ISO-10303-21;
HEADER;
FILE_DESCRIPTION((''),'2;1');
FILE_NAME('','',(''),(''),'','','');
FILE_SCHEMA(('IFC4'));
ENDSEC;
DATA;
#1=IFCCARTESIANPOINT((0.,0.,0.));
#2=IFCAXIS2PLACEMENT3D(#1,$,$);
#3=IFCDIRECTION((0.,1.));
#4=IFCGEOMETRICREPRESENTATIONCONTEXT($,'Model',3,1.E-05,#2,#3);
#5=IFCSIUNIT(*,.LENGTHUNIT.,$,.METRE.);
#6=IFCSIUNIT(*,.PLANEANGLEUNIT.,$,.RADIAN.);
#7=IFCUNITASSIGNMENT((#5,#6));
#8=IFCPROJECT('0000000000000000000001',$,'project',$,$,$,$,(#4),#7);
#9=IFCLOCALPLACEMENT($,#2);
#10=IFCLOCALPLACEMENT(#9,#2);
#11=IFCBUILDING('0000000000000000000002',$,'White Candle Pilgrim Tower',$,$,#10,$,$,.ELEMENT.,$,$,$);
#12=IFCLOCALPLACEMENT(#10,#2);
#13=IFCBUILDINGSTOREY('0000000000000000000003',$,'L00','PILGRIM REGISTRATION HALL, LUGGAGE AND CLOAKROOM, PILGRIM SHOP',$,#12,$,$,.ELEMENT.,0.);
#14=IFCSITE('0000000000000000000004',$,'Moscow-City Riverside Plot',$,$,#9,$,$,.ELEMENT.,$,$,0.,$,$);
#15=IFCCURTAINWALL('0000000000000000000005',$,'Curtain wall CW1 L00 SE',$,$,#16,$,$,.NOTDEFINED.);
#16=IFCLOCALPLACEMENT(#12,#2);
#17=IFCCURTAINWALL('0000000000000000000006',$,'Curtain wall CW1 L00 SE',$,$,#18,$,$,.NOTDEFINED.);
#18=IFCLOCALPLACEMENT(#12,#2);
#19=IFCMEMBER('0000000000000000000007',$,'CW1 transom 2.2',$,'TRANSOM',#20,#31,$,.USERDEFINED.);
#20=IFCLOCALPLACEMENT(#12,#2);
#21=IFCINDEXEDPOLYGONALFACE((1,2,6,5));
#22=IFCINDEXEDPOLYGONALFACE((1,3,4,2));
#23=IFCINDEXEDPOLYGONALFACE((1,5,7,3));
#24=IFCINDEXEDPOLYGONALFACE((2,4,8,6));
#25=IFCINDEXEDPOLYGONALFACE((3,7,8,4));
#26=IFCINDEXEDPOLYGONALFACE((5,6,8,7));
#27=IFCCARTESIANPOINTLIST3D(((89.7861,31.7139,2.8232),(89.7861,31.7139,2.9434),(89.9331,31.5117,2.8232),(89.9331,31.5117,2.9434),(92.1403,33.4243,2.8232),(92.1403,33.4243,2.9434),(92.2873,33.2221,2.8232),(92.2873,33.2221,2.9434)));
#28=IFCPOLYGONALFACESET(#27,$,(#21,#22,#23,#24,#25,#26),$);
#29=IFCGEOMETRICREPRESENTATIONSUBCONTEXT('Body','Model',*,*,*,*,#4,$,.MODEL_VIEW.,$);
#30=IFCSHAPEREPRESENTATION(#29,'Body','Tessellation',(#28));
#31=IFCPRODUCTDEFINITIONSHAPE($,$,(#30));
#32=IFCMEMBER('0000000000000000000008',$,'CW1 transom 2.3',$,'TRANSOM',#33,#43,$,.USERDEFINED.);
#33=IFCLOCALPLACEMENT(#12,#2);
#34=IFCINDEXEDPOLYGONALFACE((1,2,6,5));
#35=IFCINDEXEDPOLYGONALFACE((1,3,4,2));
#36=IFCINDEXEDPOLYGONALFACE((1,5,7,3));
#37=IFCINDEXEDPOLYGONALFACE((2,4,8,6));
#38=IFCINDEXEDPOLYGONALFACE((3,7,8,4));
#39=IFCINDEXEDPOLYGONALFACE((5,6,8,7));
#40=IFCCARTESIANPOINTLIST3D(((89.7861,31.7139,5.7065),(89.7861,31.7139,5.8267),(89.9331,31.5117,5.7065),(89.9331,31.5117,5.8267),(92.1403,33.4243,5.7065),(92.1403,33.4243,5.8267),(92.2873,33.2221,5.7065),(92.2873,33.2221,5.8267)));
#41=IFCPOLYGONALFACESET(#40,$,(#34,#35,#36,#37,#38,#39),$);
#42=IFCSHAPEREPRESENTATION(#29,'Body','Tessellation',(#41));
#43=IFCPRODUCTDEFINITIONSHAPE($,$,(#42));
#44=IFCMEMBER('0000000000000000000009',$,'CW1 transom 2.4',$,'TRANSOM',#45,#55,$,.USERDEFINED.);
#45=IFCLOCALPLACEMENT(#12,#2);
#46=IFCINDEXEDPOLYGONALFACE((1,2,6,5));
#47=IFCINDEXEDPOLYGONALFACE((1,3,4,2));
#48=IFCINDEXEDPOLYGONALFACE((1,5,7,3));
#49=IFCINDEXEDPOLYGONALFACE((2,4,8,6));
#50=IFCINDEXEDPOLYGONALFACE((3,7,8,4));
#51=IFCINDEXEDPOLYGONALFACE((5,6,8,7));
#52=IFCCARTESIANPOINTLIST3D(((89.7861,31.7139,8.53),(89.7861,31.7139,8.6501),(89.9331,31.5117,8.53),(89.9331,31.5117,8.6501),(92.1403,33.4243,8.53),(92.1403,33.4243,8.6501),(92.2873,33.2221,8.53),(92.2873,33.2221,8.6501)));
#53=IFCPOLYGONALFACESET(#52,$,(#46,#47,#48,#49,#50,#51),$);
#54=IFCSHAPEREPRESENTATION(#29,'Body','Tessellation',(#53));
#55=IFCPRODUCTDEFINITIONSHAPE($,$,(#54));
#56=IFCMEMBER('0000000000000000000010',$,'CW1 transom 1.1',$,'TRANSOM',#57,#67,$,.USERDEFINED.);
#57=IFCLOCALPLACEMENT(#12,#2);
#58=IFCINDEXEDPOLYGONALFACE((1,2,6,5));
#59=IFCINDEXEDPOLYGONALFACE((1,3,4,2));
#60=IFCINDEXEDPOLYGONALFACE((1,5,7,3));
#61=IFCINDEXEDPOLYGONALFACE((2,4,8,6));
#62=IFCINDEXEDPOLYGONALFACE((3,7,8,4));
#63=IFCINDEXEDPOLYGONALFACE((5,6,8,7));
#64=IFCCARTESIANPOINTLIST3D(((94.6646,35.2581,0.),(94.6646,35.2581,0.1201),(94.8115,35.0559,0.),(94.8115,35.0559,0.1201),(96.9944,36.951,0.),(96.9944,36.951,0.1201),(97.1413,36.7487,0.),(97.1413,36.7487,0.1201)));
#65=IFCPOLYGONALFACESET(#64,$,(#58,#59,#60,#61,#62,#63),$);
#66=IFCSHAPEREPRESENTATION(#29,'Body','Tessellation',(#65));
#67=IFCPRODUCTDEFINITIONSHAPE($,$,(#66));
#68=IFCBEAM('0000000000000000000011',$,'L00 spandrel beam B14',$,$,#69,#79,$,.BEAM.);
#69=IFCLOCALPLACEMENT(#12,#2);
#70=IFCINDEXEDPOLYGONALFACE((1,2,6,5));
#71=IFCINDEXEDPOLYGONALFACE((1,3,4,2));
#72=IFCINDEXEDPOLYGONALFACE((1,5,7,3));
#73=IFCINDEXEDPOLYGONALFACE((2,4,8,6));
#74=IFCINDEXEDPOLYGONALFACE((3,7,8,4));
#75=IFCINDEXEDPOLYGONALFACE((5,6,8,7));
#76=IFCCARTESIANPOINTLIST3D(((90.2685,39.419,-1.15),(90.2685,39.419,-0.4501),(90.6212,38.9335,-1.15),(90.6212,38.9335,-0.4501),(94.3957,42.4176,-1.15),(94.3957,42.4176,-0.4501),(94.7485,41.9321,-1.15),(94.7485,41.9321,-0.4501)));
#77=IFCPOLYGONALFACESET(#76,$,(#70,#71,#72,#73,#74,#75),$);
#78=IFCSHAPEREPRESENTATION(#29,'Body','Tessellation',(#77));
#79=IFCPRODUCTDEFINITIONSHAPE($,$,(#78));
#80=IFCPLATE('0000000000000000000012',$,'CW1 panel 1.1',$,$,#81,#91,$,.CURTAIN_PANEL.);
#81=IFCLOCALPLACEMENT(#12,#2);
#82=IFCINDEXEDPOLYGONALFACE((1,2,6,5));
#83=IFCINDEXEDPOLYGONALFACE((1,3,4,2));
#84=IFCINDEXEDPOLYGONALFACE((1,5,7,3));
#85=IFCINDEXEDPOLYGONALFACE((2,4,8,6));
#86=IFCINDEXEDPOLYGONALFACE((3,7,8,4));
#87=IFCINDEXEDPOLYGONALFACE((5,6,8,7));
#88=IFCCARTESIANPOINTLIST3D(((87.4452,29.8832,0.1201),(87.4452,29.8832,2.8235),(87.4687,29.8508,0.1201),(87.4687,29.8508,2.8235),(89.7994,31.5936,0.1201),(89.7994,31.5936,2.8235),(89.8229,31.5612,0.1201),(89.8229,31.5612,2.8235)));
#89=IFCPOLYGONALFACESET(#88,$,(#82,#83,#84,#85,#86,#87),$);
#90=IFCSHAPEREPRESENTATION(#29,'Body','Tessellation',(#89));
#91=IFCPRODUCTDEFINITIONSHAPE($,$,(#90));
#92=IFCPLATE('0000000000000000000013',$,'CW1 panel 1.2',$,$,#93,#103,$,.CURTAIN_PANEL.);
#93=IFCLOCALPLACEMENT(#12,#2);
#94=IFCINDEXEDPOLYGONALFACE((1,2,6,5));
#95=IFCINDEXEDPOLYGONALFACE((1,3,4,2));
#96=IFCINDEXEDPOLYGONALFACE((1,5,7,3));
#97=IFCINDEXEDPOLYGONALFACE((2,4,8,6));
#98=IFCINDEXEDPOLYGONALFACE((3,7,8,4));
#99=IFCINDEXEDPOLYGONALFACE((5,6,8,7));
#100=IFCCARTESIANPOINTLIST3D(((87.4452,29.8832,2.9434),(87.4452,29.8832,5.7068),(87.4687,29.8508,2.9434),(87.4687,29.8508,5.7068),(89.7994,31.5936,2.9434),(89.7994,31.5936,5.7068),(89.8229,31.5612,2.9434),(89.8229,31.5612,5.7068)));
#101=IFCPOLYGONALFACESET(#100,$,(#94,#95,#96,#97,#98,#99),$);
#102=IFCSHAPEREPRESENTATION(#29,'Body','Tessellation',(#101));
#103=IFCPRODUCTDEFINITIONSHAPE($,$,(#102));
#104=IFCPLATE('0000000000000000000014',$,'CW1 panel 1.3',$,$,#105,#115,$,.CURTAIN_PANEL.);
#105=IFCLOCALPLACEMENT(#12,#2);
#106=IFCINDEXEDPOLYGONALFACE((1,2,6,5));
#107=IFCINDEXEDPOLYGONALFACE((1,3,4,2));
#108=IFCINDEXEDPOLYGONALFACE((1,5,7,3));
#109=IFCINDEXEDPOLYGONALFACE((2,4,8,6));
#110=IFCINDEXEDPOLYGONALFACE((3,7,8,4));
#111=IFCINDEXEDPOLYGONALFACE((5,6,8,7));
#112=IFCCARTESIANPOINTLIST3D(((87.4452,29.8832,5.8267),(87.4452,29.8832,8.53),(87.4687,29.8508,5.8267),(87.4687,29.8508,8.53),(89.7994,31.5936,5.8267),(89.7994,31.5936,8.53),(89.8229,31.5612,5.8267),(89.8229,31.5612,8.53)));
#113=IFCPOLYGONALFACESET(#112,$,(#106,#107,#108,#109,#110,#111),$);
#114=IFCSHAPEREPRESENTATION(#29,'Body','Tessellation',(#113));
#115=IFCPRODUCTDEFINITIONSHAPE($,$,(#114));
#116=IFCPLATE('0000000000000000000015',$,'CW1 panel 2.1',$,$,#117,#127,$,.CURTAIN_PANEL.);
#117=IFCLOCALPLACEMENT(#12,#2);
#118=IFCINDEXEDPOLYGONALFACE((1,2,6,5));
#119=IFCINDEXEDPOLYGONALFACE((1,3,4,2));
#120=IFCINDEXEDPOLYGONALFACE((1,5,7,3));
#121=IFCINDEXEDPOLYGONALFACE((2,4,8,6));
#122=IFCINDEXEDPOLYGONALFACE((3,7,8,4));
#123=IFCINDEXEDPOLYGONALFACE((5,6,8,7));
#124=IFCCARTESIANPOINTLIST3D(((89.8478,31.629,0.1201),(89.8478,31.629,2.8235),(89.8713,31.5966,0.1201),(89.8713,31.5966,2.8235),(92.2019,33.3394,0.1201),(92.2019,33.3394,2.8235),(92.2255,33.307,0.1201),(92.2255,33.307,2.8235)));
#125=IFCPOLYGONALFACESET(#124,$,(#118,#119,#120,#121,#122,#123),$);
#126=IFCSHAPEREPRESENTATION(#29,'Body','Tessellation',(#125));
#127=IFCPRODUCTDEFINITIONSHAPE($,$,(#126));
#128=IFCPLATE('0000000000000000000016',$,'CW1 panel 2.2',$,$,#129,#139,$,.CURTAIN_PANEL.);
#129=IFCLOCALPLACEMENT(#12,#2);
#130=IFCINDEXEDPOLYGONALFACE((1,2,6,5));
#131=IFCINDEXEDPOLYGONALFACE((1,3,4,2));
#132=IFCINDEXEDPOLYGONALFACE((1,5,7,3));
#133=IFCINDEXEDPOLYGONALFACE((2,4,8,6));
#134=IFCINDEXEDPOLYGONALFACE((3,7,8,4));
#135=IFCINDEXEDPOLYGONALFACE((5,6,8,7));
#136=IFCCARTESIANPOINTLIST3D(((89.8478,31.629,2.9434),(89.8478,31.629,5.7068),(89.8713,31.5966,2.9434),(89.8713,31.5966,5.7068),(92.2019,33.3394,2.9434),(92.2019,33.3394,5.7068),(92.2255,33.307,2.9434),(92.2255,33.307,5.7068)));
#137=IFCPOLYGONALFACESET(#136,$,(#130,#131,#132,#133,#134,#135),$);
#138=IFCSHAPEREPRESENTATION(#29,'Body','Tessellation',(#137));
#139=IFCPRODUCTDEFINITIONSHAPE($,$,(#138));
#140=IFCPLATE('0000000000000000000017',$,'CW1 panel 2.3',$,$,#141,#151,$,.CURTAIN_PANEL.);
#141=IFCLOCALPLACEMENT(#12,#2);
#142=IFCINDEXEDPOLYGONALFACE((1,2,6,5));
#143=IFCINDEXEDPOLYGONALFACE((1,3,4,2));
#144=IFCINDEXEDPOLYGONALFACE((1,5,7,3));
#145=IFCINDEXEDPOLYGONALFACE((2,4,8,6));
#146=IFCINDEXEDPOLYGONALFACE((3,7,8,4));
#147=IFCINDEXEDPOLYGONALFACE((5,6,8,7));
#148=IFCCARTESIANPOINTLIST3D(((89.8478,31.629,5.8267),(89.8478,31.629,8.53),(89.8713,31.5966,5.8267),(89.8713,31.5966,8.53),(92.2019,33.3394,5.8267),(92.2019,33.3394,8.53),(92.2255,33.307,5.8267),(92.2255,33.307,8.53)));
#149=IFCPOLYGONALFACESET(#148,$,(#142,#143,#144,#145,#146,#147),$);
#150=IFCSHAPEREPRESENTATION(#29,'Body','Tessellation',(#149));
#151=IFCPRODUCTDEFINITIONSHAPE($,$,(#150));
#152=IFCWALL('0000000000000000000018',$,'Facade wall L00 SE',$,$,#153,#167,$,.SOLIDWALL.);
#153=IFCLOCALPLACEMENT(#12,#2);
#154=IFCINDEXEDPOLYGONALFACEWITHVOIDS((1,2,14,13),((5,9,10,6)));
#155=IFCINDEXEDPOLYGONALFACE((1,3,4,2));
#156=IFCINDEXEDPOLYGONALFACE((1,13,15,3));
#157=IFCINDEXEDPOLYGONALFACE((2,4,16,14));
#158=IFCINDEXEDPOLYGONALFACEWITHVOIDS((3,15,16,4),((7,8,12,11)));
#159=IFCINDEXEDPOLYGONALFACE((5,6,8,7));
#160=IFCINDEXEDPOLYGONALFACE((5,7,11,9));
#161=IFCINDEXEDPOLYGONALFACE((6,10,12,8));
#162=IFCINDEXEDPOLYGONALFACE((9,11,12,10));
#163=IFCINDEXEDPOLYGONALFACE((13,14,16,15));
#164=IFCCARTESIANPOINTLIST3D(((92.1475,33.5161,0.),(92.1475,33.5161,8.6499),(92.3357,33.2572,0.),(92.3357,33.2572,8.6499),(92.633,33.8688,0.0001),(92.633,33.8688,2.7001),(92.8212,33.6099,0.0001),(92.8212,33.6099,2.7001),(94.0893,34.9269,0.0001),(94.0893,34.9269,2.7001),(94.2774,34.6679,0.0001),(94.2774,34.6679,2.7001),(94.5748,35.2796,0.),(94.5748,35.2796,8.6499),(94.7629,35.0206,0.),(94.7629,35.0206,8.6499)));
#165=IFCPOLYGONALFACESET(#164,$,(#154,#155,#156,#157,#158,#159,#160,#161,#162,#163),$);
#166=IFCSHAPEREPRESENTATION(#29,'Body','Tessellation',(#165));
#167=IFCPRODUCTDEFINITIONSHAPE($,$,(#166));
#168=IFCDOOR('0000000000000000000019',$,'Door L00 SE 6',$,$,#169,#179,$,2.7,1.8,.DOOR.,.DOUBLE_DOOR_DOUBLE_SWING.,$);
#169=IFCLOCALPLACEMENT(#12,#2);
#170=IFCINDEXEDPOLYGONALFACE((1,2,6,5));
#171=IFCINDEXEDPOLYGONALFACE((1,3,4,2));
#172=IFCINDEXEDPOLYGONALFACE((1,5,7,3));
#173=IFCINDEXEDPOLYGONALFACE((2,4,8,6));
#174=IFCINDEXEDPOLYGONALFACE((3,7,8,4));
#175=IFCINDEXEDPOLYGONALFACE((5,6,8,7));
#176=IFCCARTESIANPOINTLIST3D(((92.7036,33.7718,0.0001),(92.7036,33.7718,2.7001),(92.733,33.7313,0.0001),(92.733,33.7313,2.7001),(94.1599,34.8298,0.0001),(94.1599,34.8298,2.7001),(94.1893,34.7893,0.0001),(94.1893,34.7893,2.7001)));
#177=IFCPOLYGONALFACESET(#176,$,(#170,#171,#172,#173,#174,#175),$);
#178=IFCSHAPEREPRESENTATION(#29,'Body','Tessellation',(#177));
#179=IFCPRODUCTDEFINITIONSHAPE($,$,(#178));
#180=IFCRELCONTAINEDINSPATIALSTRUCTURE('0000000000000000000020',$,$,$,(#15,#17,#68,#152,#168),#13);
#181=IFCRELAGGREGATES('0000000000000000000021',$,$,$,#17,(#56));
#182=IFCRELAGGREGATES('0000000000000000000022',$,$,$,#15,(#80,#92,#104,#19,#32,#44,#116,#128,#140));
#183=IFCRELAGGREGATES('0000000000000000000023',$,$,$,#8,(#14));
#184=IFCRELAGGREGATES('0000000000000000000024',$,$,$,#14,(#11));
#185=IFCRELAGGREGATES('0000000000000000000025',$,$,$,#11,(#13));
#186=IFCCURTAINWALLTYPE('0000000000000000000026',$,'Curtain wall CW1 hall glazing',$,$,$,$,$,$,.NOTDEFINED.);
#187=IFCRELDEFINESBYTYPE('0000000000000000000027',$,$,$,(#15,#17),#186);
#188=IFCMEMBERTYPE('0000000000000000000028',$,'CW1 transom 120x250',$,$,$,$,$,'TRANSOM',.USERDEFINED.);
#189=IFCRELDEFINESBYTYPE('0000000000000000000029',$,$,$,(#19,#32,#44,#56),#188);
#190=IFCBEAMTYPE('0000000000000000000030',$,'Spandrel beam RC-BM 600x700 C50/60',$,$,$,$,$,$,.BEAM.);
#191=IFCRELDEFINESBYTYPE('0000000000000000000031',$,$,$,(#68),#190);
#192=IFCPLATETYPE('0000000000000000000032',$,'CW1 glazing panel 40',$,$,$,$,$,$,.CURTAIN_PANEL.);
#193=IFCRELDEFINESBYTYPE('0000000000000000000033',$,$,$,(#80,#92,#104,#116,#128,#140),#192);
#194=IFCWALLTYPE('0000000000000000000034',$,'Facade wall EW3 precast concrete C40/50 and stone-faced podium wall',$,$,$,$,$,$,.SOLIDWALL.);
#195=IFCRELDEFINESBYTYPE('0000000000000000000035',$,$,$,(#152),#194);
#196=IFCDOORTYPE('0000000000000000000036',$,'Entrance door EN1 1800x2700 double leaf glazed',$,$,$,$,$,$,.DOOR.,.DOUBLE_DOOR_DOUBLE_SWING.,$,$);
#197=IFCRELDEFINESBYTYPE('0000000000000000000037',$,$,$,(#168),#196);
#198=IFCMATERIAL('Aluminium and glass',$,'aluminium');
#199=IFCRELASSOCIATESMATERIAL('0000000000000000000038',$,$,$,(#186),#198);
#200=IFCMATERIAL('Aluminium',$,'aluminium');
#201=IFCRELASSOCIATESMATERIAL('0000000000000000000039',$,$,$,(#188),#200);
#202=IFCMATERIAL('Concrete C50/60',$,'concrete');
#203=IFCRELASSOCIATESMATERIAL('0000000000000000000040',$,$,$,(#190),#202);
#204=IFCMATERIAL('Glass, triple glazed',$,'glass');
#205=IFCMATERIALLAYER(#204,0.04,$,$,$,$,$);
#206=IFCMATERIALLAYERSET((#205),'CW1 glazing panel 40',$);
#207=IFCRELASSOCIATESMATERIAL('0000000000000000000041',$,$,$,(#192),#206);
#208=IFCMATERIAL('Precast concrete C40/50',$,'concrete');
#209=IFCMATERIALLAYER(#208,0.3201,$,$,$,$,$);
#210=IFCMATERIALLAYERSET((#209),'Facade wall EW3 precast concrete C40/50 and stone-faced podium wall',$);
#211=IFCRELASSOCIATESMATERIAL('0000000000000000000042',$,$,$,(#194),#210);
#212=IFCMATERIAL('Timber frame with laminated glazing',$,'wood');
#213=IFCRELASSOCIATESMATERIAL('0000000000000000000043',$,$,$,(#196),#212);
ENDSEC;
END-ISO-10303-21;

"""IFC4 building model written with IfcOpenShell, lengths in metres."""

from ifc_helpers import new_model, si_unit, direction, frame, frame_2d, origin, origin_2d, place, context, subcontext, project, spatial, rectangle, extrude, material, layer, layer_set, material_profile, profile_set, type_object, element, fill, aggregate, save


model = new_model("IFC4")

# Units and contexts
model_context = context("Model", 3, precision=1e-05, world=origin(), true_north=direction((0.0, 1.0)))
body_context = subcontext(model_context, "Body", "Model", "MODEL_VIEW")
ifc_project = project(units=[si_unit("LENGTHUNIT", "METRE"), si_unit("PLANEANGLEUNIT", "RADIAN")], contexts=[model_context])

# Site, building, storey
site_placement = place(None, origin())
site = spatial("IfcSite", under=ifc_project, at=site_placement, Name="Moscow-City Riverside Plot", CompositionType="ELEMENT", RefElevation=0.0)
building_placement = place(site_placement, origin())
building = spatial("IfcBuilding", under=site, at=building_placement, Name="White Candle Pilgrim Tower", CompositionType="ELEMENT")
storey_placement = place(building_placement, origin())
storey = spatial("IfcBuildingStorey", under=building, at=storey_placement, Name="L00", Description="PILGRIM REGISTRATION HALL, LUGGAGE AND CLOAKROOM, PILGRIM SHOP", CompositionType="ELEMENT", Elevation=0.0)

# Curtain wall
ifc_material_1 = material(Name="Aluminium and glass", Category="aluminium")
curtain_wall_type = type_object("IfcCurtainWallType", Name="Curtain wall CW1 hall glazing", PredefinedType="NOTDEFINED", material=ifc_material_1)
curtain_wall_1_placement = place(storey_placement, origin())
curtain_wall_1 = element("IfcCurtainWall", 1, at=curtain_wall_1_placement, inside=storey, type_object=curtain_wall_type, Name="Curtain wall CW1 L00 SE", PredefinedType="NOTDEFINED")
ifc_material_2 = material(Name="Aluminium", Category="aluminium")

# Curtain wall
curtain_wall_2_placement = place(storey_placement, origin())
curtain_wall_2 = element("IfcCurtainWall", 2, at=curtain_wall_2_placement, inside=storey, type_object=curtain_wall_type, Name="Curtain wall CW1 L00 SE", PredefinedType="NOTDEFINED")

# Members
ifc_material_profile_1 = material_profile(ifc_material_2, rectangle(XDim=0.25, YDim=0.1201, at=origin_2d()), Name="CW1 transom 120x250")
ifc_profile_set_1 = profile_set([ifc_material_profile_1], Name="Aluminium")
member_type_1 = type_object("IfcMemberType", Name="CW1 transom 120x250", ElementType="TRANSOM", PredefinedType="USERDEFINED", material=ifc_profile_set_1)
member_1_placement = place(storey_placement, frame((89.8596, 31.6128, 2.8833), z_axis=(0.809019, 0.587783, 0.0), x_axis=(-0.587783, 0.809019, 0.0)))
member_1 = element("IfcMember", 3, at=member_1_placement, type_object=member_type_1, Name="CW1 transom 2.2", ObjectType="TRANSOM", PredefinedType="USERDEFINED", context=body_context, shape_type="SweptSolid", body=[
    extrude(rectangle(XDim=0.25, YDim=0.1201, at=origin_2d()), origin(), (0.0, 0.0, 1.0), 2.9099),
])
member_2_placement = place(storey_placement, frame((89.8596, 31.6128, 5.7666), z_axis=(0.809019, 0.587783, 0.0), x_axis=(-0.587783, 0.809019, 0.0)))
member_2 = element("IfcMember", 4, at=member_2_placement, type_object=member_type_1, Name="CW1 transom 2.3", ObjectType="TRANSOM", PredefinedType="USERDEFINED", context=body_context, shape_type="SweptSolid", body=[
    extrude(rectangle(XDim=0.25, YDim=0.1201, at=origin_2d()), origin(), (0.0, 0.0, 1.0), 2.9099),
])
member_3_placement = place(storey_placement, frame((89.8596, 31.6128, 8.5901), z_axis=(0.809019, 0.587783, 0.0), x_axis=(-0.587783, 0.809019, 0.0)))
member_3 = element("IfcMember", 5, at=member_3_placement, type_object=member_type_1, Name="CW1 transom 2.4", ObjectType="TRANSOM", PredefinedType="USERDEFINED", context=body_context, shape_type="SweptSolid", body=[
    extrude(rectangle(XDim=0.25, YDim=0.1201, at=origin_2d()), origin(), (0.0, 0.0, 1.0), 2.9099),
])
member_4_placement = place(storey_placement, frame((94.738, 35.157, 0.0601), z_axis=(0.808993, 0.587819, 0.0), x_axis=(-0.587819, 0.808993, 0.0)))
member_4 = element("IfcMember", 6, at=member_4_placement, type_object=member_type_1, Name="CW1 transom 1.1", ObjectType="TRANSOM", PredefinedType="USERDEFINED", context=body_context, shape_type="SweptSolid", body=[
    extrude(rectangle(XDim=0.25, YDim=0.1201, at=origin_2d()), origin(), (0.0, 0.0, 1.0), 2.8799),
])
aggregate(curtain_wall_2, [member_4])

# Beam
ifc_material_3 = material(Name="Concrete C50/60", Category="concrete")
ifc_material_profile_2 = material_profile(ifc_material_3, rectangle(XDim=0.6001, YDim=0.7, at=origin_2d()), Name="RC-BM 600x700")
ifc_profile_set_2 = profile_set([ifc_material_profile_2], Name="Concrete C50/60")
beam_type = type_object("IfcBeamType", Name="Spandrel beam RC-BM 600x700 C50/60", PredefinedType="BEAM", material=ifc_profile_set_2)
beam_placement = place(storey_placement, frame((90.4448, 39.1763, -0.8), z_axis=(0.809022, 0.587779, 0.0), x_axis=(-0.587779, 0.809022, 0.0)))
element("IfcBeam", 7, at=beam_placement, inside=storey, type_object=beam_type, Name="L00 spandrel beam B14", PredefinedType="BEAM", context=body_context, shape_type="SweptSolid", body=[
    extrude(rectangle(XDim=0.6001, YDim=0.7, at=origin_2d()), origin(), (0.0, 0.0, 1.0), 5.1016),
])

# Plates
ifc_material_4 = material(Name="Glass, triple glazed", Category="glass")
ifc_layer_1 = layer(ifc_material_4, 0.04)
ifc_layer_set_1 = layer_set([ifc_layer_1], Name="CW1 glazing panel 40")
plate_type = type_object("IfcPlateType", Name="CW1 glazing panel 40", PredefinedType="CURTAIN_PANEL", material=ifc_layer_set_1)
plate_1_placement = place(storey_placement, frame((88.634, 30.7222, 0.1201), z_axis=(0.0, 0.0, 1.0), x_axis=(0.809017, 0.587785, 0.0)))
plate_1 = element("IfcPlate", 8, at=plate_1_placement, type_object=plate_type, Name="CW1 panel 1.1", PredefinedType="CURTAIN_PANEL", context=body_context, shape_type="SweptSolid", body=[
    extrude(rectangle(XDim=2.9099, YDim=0.04, at=origin_2d()), origin(), (0.0, 0.0, 1.0), 2.7034),
])
plate_2_placement = place(storey_placement, frame((88.634, 30.7222, 2.9434), z_axis=(0.0, 0.0, 1.0), x_axis=(0.809017, 0.587785, 0.0)))
plate_2 = element("IfcPlate", 9, at=plate_2_placement, type_object=plate_type, Name="CW1 panel 1.2", PredefinedType="CURTAIN_PANEL", context=body_context, shape_type="SweptSolid", body=[
    extrude(rectangle(XDim=2.9099, YDim=0.04, at=origin_2d()), origin(), (0.0, 0.0, 1.0), 2.7634),
])
plate_3_placement = place(storey_placement, frame((88.634, 30.7222, 5.8267), z_axis=(0.0, 0.0, 1.0), x_axis=(0.809017, 0.587785, 0.0)))
plate_3 = element("IfcPlate", 10, at=plate_3_placement, type_object=plate_type, Name="CW1 panel 1.3", PredefinedType="CURTAIN_PANEL", context=body_context, shape_type="SweptSolid", body=[
    extrude(rectangle(XDim=2.9099, YDim=0.04, at=origin_2d()), origin(), (0.0, 0.0, 1.0), 2.7034),
])
plate_4_placement = place(storey_placement, frame((91.0366, 32.468, 0.1201), z_axis=(0.0, 0.0, 1.0), x_axis=(0.809017, 0.587785, 0.0)))
plate_4 = element("IfcPlate", 11, at=plate_4_placement, type_object=plate_type, Name="CW1 panel 2.1", PredefinedType="CURTAIN_PANEL", context=body_context, shape_type="SweptSolid", body=[
    extrude(rectangle(XDim=2.9099, YDim=0.04, at=origin_2d()), origin(), (0.0, 0.0, 1.0), 2.7034),
])
plate_5_placement = place(storey_placement, frame((91.0366, 32.468, 2.9434), z_axis=(0.0, 0.0, 1.0), x_axis=(0.809017, 0.587785, 0.0)))
plate_5 = element("IfcPlate", 12, at=plate_5_placement, type_object=plate_type, Name="CW1 panel 2.2", PredefinedType="CURTAIN_PANEL", context=body_context, shape_type="SweptSolid", body=[
    extrude(rectangle(XDim=2.9099, YDim=0.04, at=origin_2d()), origin(), (0.0, 0.0, 1.0), 2.7634),
])
plate_6_placement = place(storey_placement, frame((91.0366, 32.468, 5.8267), z_axis=(0.0, 0.0, 1.0), x_axis=(0.809017, 0.587785, 0.0)))
plate_6 = element("IfcPlate", 13, at=plate_6_placement, type_object=plate_type, Name="CW1 panel 2.3", PredefinedType="CURTAIN_PANEL", context=body_context, shape_type="SweptSolid", body=[
    extrude(rectangle(XDim=2.9099, YDim=0.04, at=origin_2d()), origin(), (0.0, 0.0, 1.0), 2.7034),
])
aggregate(curtain_wall_1, [plate_1, plate_2, plate_3, member_1, member_2, member_3, plate_4, plate_5, plate_6])

# Wall, opening, door
ifc_material_5 = material(Name="Precast concrete C40/50", Category="concrete")
ifc_layer_2 = layer(ifc_material_5, 0.3201)
ifc_layer_set_2 = layer_set([ifc_layer_2], Name="Facade wall EW3 precast concrete C40/50 and stone-faced podium wall")
wall_type_1 = type_object("IfcWallType", Name="Facade wall EW3 precast concrete C40/50 and stone-faced podium wall", PredefinedType="SOLIDWALL", material=ifc_layer_set_2)
wall_1_placement = place(storey_placement, frame((92.2417, 33.3867, 0.0), z_axis=(0.0, 0.0, 1.0), x_axis=(0.809028, 0.58777, 0.0)))
wall_1 = element("IfcWall", 14, at=wall_1_placement, inside=storey, type_object=wall_type_1, Name="Facade wall L00 SE", PredefinedType="SOLIDWALL", context=body_context, shape_type="SweptSolid", body=[
    extrude(rectangle(XDim=3.0002, YDim=0.3201, at=frame_2d((1.5, 0.0))), origin(), (0.0, 0.0, 1.0), 8.6499),
])
opening_placement = place(wall_1_placement, frame((0.6001, 0.0, 0.0)))
opening = element("IfcOpeningElement", 15, at=opening_placement, cuts=wall_1, PredefinedType="OPENING", context=body_context, shape_type="SweptSolid", body=[
    extrude(rectangle(XDim=1.8, YDim=2.7, at=frame_2d((0.8999, 1.3501))), frame((0.0, 0.1699, 0.0), z_axis=(0.0, -1.0, 0.0), x_axis=(1.0, 0.0, 0.0)), (0.0, 0.0, 1.0), 0.3401),
])
ifc_material_6 = material(Name="Timber frame with laminated glazing", Category="wood")
door_type = type_object("IfcDoorType", Name="Entrance door EN1 1800x2700 double leaf glazed", OperationType="DOUBLE_DOOR_DOUBLE_SWING", PredefinedType="DOOR", material=ifc_material_6)
door_placement = place(opening_placement, origin())
door = element("IfcDoor", 16, at=door_placement, inside=storey, type_object=door_type, Name="Door L00 SE 6", OperationType="DOUBLE_DOOR_DOUBLE_SWING", OverallHeight=2.7, OverallWidth=1.8, PredefinedType="DOOR", context=body_context, shape_type="SweptSolid", body=[
    extrude(rectangle(XDim=1.8, YDim=2.7, at=frame_2d((0.8999, 1.3501))), frame((0.0, 0.04, 0.0), z_axis=(0.0, -1.0, 0.0), x_axis=(1.0, 0.0, 0.0)), (0.0, 0.0, 1.0), 0.05),
])
fill(opening, door)

save(model, "model.ifc")
